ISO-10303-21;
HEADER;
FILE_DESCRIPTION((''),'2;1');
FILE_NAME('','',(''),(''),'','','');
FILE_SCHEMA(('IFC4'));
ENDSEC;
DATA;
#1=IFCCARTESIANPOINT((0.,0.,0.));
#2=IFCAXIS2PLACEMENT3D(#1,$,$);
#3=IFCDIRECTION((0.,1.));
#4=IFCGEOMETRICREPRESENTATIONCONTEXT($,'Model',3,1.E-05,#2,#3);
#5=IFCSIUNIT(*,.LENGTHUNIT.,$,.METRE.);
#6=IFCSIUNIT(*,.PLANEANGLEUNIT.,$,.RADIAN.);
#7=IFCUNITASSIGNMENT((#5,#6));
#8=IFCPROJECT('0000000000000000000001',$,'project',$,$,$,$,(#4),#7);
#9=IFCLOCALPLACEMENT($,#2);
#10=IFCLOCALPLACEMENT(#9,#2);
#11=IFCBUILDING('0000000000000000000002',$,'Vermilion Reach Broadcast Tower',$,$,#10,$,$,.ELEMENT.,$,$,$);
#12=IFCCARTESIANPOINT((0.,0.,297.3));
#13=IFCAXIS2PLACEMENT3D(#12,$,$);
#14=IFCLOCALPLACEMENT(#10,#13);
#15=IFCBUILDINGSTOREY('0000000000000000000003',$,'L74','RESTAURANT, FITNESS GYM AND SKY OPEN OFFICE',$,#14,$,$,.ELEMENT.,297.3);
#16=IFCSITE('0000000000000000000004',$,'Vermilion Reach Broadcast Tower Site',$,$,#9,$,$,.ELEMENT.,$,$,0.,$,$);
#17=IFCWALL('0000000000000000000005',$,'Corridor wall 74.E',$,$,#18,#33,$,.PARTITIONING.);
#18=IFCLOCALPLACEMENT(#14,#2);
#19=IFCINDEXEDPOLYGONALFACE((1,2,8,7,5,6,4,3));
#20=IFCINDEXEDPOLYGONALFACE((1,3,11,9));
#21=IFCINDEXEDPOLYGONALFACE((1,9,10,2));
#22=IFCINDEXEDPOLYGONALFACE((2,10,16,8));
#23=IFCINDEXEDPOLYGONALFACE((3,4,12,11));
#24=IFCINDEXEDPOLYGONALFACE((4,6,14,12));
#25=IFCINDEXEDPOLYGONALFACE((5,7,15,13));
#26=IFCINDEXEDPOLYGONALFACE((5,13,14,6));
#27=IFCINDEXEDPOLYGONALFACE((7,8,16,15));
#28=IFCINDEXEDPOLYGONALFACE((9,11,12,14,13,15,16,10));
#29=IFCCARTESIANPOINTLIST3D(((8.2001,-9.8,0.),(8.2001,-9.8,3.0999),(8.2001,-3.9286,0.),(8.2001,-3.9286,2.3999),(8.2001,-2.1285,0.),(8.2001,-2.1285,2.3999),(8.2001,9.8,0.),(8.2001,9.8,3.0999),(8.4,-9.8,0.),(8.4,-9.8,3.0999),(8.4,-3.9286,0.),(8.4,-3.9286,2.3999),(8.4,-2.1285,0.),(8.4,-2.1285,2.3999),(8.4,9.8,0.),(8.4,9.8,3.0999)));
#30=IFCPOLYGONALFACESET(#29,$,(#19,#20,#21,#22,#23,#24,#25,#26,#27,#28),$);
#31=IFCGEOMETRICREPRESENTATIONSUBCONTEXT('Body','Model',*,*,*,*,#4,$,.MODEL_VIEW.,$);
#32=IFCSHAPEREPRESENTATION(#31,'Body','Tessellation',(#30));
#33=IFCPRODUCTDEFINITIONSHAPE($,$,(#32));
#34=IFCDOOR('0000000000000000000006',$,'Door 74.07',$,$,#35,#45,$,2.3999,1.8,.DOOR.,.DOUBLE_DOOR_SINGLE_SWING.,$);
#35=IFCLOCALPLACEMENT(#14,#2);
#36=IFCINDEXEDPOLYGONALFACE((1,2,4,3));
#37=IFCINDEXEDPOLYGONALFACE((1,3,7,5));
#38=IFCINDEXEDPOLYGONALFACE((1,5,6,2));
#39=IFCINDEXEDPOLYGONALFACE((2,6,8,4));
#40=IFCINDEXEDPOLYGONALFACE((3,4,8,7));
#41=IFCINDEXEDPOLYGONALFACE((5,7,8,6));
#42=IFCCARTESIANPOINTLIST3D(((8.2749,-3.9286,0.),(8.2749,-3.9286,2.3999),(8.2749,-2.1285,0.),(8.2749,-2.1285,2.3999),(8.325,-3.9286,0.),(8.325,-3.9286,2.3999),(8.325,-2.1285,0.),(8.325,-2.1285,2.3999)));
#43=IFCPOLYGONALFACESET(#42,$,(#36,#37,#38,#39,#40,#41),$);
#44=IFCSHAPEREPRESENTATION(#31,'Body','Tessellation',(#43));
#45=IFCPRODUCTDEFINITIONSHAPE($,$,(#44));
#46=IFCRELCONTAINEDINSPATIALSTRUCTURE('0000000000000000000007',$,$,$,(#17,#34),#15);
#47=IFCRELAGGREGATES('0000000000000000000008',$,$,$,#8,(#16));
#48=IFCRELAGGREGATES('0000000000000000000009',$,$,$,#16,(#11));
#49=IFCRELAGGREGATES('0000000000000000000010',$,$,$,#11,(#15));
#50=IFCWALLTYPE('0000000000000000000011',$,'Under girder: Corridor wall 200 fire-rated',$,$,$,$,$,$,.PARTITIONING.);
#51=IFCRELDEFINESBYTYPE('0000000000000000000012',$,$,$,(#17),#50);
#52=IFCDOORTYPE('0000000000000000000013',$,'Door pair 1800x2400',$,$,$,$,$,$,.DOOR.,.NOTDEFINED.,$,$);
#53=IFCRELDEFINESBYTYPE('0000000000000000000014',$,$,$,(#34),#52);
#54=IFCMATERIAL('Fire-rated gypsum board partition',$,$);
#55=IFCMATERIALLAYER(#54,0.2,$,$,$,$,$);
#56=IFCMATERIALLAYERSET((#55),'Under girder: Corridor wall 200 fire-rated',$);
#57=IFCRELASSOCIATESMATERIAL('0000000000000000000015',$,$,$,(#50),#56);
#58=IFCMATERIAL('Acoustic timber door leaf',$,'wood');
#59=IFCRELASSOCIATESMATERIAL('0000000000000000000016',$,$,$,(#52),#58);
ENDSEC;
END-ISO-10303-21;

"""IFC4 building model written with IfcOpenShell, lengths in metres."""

from ifc_helpers import new_model, si_unit, direction, frame, frame_2d, origin, place, context, subcontext, project, spatial, rectangle, extrude, material, layer, layer_set, type_object, element, fill, save


model = new_model("IFC4")

# Units and contexts
model_context = context("Model", 3, precision=1e-05, world=origin(), true_north=direction((0.0, 1.0)))
body_context = subcontext(model_context, "Body", "Model", "MODEL_VIEW")
ifc_project = project(units=[si_unit("LENGTHUNIT", "METRE"), si_unit("PLANEANGLEUNIT", "RADIAN")], contexts=[model_context])

# Site, building, storey
site_placement = place(None, origin())
site = spatial("IfcSite", under=ifc_project, at=site_placement, Name="Vermilion Reach Broadcast Tower Site", CompositionType="ELEMENT", RefElevation=0.0)
building_placement = place(site_placement, origin())
building = spatial("IfcBuilding", under=site, at=building_placement, Name="Vermilion Reach Broadcast Tower", CompositionType="ELEMENT")
storey_placement = place(building_placement, frame((0.0, 0.0, 297.3)))
storey = spatial("IfcBuildingStorey", under=building, at=storey_placement, Name="L74", Description="RESTAURANT, FITNESS GYM AND SKY OPEN OFFICE", CompositionType="ELEMENT", Elevation=297.3)

# Wall, opening, door
ifc_material_1 = material(Name="Fire-rated gypsum board partition")
ifc_layer_1 = layer(ifc_material_1, 0.2)
ifc_layer_set_1 = layer_set([ifc_layer_1], Name="Under girder: Corridor wall 200 fire-rated")
wall_type_1 = type_object("IfcWallType", Name="Under girder: Corridor wall 200 fire-rated", PredefinedType="PARTITIONING", material=ifc_layer_set_1)
wall_1_placement = place(storey_placement, frame((8.3, 9.8, 0.0), z_axis=(0.0, 0.0, 1.0), x_axis=(0.0, -1.0, 0.0)))
wall_1 = element("IfcWall", 1, at=wall_1_placement, inside=storey, type_object=wall_type_1, Name="Corridor wall 74.E", PredefinedType="PARTITIONING", context=body_context, shape_type="SweptSolid", body=[
    extrude(rectangle(XDim=19.6001, YDim=0.2, at=frame_2d((9.8, 0.0))), origin(), (0.0, 0.0, 1.0), 3.0999),
])
opening_1_placement = place(wall_1_placement, frame((11.9287, 0.0, 0.0)))
opening_1 = element("IfcOpeningElement", 2, at=opening_1_placement, cuts=wall_1, PredefinedType="OPENING", context=body_context, shape_type="SweptSolid", body=[
    extrude(rectangle(XDim=1.8, YDim=2.3999, at=frame_2d((0.8999, 1.2))), frame((0.0, 0.1099, 0.0), z_axis=(0.0, -1.0, 0.0), x_axis=(1.0, 0.0, 0.0)), (0.0, 0.0, 1.0), 0.22),
])
ifc_material_2 = material(Name="Acoustic timber door leaf", Category="wood")
door_type_1 = type_object("IfcDoorType", Name="Door pair 1800x2400", OperationType="NOTDEFINED", PredefinedType="DOOR", material=ifc_material_2)
door_1_placement = place(opening_1_placement, origin())
door_1 = element("IfcDoor", 3, at=door_1_placement, inside=storey, type_object=door_type_1, Name="Door 74.07", OperationType="DOUBLE_DOOR_SINGLE_SWING", OverallHeight=2.3999, OverallWidth=1.8, PredefinedType="DOOR", context=body_context, shape_type="SweptSolid", body=[
    extrude(rectangle(XDim=1.8, YDim=2.3999, at=frame_2d((0.8999, 1.2))), frame((0.0, 0.0249, 0.0), z_axis=(0.0, -1.0, 0.0), x_axis=(1.0, 0.0, 0.0)), (0.0, 0.0, 1.0), 0.05),
])
fill(opening_1, door_1)

save(model, "model.ifc")
